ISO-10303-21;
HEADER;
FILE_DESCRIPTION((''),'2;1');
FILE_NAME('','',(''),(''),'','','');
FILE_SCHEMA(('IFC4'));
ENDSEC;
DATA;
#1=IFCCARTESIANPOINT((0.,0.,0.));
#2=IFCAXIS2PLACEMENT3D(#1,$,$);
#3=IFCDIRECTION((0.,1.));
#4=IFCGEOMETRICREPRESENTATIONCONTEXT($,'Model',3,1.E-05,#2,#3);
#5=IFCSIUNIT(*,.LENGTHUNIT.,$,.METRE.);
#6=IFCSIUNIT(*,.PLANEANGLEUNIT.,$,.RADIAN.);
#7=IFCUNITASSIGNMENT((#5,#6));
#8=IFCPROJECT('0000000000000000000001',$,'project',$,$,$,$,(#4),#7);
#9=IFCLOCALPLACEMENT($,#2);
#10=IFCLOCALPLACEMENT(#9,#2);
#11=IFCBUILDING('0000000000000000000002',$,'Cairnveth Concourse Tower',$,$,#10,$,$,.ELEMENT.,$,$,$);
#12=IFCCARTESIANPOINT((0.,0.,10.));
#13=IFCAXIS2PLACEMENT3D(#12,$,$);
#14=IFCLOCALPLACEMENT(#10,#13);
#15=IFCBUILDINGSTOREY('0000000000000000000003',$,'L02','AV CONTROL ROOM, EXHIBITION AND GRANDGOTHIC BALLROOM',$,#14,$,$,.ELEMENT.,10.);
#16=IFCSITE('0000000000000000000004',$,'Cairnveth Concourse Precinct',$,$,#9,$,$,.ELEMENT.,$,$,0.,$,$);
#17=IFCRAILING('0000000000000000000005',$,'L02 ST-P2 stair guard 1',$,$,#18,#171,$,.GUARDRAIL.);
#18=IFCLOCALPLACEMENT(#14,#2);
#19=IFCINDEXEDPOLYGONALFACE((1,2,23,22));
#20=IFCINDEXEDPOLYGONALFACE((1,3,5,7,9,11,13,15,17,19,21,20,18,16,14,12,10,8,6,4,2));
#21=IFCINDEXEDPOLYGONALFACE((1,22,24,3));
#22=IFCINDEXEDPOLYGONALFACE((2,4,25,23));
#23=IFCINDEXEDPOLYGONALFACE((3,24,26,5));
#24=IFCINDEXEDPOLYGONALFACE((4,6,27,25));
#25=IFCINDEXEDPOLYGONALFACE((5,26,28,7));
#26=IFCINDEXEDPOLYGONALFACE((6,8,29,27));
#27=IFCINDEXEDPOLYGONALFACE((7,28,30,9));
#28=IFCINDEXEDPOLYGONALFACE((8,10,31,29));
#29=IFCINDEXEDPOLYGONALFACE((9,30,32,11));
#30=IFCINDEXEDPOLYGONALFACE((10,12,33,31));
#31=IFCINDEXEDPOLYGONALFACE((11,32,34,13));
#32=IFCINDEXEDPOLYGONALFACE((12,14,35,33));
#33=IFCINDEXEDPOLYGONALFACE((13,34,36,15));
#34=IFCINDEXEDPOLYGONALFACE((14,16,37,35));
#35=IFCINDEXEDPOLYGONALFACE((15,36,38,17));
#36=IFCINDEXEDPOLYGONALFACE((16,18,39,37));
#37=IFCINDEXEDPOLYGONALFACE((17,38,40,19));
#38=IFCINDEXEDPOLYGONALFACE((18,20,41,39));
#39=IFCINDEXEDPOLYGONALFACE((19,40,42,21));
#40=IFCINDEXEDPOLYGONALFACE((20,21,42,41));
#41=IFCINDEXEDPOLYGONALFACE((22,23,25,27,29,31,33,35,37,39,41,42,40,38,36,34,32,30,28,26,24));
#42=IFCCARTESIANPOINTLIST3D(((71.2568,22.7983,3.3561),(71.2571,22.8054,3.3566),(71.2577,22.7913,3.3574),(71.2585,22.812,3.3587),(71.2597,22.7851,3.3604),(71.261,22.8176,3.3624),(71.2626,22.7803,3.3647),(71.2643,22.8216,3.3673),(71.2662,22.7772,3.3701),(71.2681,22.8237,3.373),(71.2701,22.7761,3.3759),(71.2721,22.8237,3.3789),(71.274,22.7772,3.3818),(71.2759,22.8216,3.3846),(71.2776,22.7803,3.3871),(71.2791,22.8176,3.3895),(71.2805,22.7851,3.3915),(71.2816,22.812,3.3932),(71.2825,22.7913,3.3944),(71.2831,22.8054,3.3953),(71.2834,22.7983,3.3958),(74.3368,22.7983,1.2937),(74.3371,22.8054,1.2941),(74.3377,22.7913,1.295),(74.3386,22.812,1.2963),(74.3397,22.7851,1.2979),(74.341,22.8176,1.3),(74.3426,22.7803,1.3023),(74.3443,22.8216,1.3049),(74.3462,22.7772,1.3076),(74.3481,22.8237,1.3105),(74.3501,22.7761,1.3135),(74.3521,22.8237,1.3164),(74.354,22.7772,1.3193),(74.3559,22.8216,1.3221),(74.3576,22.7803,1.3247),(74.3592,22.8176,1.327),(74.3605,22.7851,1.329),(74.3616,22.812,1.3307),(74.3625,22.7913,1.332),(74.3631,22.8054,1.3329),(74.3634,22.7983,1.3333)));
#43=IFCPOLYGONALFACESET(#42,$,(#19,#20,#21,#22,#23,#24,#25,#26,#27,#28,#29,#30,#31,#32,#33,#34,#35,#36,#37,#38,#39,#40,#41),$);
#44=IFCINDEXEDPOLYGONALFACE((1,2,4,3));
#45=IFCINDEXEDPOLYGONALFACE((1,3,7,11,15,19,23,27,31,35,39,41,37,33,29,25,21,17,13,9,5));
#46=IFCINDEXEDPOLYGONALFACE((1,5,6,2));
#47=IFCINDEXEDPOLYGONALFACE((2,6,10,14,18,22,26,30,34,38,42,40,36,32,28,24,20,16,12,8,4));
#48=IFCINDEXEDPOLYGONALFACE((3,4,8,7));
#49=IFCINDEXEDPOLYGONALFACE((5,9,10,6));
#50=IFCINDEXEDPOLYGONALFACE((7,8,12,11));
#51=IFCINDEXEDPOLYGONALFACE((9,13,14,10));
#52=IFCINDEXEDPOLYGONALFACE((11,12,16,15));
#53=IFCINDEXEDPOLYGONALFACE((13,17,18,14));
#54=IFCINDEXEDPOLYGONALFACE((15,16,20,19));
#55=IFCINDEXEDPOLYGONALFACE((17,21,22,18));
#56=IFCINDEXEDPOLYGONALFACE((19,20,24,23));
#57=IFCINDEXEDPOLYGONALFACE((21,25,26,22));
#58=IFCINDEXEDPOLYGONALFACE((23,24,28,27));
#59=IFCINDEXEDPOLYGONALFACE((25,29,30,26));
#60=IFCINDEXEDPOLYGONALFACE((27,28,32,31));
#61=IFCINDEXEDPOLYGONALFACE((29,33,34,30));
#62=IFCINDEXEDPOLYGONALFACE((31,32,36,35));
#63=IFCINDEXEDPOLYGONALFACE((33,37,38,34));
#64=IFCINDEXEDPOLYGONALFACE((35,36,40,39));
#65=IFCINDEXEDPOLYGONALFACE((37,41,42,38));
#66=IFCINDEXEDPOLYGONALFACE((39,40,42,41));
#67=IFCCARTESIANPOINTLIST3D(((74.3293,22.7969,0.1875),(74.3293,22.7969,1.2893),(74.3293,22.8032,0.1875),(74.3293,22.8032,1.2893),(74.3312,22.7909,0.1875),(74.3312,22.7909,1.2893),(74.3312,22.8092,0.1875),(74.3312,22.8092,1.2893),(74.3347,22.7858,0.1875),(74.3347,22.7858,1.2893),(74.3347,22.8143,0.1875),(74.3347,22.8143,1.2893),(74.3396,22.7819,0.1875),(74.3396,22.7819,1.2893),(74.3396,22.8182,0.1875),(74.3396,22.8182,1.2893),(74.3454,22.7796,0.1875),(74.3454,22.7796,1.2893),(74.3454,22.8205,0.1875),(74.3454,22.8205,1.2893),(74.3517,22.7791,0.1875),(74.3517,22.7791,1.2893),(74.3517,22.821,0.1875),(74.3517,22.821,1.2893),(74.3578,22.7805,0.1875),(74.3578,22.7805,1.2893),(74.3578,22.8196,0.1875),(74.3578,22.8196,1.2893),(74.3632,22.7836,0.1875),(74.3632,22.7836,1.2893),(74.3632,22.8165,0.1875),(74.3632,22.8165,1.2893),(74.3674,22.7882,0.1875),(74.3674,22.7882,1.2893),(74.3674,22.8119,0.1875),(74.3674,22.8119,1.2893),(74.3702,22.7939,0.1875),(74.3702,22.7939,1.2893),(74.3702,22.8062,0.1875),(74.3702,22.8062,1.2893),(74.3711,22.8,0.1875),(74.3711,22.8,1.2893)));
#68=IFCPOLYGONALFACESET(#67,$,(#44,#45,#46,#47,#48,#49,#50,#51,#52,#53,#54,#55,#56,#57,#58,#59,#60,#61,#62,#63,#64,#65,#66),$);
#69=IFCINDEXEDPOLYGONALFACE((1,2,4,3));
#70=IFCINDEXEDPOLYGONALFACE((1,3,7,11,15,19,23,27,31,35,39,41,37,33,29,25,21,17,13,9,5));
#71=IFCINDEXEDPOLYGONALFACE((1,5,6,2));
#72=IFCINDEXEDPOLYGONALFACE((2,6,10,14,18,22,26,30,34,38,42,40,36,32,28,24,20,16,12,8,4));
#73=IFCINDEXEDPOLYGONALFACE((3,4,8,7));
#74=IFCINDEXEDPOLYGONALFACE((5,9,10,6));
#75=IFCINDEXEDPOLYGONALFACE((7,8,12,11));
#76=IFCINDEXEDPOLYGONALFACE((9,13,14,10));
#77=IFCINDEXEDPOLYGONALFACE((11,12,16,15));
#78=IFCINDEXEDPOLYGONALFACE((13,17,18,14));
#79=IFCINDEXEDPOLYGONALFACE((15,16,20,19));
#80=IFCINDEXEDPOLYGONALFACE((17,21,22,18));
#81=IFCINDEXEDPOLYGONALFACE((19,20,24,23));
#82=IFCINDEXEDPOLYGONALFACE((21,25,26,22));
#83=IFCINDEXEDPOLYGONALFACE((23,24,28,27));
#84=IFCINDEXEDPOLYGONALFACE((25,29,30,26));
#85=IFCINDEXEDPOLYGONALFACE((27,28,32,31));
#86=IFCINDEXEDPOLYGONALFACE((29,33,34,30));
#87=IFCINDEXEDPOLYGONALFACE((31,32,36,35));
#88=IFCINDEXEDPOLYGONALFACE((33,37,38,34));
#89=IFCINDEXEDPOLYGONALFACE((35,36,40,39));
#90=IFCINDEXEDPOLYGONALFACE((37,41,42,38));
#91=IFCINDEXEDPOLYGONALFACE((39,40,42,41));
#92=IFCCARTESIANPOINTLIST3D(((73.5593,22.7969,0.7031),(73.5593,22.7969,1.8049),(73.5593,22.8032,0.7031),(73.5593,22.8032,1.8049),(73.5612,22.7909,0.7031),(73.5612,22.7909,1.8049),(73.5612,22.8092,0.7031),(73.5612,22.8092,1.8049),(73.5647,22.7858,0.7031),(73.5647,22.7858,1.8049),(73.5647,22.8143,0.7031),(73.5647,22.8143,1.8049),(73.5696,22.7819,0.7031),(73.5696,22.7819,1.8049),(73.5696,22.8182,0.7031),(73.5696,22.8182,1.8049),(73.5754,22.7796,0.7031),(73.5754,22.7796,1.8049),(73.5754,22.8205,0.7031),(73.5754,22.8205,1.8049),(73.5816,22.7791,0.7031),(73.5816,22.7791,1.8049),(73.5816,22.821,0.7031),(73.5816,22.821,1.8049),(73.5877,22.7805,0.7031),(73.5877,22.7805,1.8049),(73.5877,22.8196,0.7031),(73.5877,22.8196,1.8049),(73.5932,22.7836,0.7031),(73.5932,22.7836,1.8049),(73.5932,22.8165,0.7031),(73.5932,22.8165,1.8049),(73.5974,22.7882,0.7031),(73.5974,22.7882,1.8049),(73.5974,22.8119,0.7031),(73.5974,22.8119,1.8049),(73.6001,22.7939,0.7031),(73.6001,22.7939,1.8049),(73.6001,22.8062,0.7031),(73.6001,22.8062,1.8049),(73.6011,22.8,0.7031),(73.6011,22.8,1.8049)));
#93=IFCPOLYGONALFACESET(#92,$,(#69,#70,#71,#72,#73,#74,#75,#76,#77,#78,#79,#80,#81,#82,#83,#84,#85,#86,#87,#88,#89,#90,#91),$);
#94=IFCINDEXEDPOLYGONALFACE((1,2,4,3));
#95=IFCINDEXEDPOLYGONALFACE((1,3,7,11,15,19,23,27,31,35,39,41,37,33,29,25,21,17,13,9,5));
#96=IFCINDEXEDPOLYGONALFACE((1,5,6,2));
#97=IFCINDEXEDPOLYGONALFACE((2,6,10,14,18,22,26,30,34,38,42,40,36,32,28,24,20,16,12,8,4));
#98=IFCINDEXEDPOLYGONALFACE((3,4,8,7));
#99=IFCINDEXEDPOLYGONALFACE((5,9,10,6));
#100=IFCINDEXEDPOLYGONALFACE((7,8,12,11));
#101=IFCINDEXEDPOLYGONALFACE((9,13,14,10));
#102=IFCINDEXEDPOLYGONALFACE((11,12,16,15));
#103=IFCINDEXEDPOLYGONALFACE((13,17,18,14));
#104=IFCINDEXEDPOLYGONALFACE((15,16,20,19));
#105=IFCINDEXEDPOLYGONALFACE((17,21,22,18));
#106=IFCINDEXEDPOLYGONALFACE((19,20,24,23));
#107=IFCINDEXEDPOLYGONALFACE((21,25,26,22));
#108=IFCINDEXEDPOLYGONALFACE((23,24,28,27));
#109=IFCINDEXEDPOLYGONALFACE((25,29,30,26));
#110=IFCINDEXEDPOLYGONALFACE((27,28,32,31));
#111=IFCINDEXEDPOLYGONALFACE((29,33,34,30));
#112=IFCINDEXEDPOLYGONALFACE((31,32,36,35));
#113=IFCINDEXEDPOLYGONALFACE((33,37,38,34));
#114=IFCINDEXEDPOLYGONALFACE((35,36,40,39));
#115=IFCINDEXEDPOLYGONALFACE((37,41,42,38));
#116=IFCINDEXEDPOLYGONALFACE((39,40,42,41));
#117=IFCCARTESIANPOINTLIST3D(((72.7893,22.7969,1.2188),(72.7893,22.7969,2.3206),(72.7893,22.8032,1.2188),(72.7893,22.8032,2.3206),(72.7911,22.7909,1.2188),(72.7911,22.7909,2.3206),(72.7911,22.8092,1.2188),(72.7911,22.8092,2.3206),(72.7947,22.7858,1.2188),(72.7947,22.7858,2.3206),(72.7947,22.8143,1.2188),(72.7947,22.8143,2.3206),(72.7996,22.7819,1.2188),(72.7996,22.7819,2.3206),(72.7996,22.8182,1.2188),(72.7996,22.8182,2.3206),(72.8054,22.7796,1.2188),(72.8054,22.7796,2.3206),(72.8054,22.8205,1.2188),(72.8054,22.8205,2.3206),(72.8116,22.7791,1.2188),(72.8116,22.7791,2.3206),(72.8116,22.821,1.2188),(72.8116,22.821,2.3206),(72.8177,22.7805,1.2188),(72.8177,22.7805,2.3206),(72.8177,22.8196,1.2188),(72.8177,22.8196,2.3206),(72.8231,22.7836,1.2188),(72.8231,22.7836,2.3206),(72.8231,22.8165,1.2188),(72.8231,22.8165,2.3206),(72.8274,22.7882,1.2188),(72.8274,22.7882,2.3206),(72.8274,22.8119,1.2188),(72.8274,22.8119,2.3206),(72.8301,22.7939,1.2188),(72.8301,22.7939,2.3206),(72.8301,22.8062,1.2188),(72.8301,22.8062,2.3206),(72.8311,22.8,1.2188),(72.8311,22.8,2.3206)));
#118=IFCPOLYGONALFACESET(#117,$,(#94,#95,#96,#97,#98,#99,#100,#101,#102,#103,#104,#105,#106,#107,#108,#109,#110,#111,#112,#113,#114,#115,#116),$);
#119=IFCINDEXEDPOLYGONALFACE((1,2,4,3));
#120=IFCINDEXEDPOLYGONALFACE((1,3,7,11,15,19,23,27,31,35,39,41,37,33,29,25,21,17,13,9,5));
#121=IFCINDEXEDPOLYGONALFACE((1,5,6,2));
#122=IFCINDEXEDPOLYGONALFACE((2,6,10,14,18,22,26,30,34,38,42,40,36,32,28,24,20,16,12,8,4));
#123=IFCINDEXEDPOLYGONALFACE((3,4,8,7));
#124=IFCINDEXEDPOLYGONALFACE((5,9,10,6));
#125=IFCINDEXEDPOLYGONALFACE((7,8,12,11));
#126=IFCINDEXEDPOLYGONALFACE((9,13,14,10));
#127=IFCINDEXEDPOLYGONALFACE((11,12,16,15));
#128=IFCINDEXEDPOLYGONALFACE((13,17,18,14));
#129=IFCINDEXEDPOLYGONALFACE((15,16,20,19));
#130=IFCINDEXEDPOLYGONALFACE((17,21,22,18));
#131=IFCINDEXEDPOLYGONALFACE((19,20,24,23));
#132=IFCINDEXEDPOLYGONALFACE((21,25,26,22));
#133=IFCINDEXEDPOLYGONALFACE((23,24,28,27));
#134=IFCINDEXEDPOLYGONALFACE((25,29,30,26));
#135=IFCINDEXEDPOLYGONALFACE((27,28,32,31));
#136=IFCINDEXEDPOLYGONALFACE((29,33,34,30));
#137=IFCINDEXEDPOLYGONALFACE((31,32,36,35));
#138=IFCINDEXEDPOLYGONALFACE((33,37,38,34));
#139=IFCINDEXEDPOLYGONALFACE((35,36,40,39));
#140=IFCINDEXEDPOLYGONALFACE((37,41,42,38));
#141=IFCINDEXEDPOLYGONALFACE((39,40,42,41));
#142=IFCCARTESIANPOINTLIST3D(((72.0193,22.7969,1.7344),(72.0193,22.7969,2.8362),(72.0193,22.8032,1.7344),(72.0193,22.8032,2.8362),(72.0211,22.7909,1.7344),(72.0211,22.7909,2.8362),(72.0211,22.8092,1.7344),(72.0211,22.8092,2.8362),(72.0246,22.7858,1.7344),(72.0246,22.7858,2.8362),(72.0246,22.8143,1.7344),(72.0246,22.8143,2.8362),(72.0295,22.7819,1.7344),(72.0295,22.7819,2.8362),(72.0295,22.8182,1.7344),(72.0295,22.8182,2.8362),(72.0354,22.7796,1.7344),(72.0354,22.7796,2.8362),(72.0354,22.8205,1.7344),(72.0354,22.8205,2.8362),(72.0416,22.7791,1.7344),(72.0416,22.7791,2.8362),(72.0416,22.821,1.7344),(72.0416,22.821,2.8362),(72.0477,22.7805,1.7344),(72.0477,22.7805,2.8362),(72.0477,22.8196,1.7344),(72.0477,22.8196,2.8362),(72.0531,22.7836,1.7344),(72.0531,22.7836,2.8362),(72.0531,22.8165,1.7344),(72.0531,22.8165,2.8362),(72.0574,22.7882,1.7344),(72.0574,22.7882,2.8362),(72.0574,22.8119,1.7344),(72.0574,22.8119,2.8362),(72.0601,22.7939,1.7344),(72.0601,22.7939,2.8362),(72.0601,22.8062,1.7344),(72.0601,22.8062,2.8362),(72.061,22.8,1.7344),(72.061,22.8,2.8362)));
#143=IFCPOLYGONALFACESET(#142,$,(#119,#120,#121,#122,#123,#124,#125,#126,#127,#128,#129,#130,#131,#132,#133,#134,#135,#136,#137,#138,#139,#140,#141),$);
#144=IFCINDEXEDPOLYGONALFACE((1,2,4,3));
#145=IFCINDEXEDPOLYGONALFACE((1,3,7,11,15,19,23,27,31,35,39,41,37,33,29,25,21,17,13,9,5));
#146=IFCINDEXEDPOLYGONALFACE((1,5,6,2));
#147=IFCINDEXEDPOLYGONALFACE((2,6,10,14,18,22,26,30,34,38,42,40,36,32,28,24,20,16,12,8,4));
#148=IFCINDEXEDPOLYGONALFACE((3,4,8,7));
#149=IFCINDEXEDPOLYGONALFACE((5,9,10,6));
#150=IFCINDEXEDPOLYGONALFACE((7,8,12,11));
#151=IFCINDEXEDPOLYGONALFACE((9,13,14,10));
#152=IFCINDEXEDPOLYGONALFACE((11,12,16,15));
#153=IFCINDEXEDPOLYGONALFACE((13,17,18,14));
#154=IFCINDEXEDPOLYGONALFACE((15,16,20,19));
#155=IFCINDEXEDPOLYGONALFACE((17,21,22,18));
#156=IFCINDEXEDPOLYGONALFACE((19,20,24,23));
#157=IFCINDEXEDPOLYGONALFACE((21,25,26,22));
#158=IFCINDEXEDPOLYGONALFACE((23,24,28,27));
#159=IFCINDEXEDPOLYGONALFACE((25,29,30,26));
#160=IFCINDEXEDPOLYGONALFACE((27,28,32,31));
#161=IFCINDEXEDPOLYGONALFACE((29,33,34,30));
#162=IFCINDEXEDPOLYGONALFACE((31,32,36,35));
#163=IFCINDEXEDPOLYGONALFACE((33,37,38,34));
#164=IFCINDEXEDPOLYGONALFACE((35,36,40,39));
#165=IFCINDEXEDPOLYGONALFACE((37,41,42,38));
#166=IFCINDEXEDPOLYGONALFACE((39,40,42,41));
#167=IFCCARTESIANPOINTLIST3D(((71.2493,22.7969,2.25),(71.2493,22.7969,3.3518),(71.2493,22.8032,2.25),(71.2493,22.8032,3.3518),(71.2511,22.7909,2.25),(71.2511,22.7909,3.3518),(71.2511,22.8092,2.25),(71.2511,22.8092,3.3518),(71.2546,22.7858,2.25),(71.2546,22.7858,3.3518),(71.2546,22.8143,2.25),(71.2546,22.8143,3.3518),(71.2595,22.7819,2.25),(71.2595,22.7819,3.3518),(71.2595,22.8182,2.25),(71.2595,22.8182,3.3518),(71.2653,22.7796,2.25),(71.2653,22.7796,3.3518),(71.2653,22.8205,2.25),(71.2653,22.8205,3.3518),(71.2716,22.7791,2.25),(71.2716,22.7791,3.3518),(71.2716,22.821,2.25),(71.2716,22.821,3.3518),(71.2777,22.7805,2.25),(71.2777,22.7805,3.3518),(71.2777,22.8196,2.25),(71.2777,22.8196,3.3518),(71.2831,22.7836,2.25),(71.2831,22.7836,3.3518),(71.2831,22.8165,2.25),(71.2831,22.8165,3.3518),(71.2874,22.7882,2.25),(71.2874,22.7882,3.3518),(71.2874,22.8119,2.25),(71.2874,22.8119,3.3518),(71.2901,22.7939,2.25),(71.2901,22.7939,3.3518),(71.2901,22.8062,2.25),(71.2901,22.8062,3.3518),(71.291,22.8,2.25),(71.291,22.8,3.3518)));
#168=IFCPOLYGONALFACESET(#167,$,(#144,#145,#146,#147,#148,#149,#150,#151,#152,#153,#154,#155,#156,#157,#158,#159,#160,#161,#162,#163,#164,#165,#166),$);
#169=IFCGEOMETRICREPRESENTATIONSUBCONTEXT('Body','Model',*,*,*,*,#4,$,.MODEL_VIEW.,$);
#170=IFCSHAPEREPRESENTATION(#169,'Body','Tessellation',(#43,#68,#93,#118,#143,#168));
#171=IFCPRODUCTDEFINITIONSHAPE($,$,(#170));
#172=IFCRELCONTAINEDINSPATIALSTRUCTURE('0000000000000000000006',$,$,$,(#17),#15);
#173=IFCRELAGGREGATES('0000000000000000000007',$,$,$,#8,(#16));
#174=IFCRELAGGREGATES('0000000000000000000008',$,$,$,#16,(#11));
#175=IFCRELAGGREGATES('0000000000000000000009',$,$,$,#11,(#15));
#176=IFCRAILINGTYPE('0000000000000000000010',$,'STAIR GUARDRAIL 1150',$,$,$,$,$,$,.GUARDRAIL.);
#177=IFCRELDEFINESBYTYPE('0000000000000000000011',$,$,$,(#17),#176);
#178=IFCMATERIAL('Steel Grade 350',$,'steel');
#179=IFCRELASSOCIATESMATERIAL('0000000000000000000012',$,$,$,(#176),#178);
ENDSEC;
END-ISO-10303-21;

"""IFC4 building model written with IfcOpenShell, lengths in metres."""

from ifc_helpers import new_model, si_unit, direction, frame, origin, origin_2d, place, context, subcontext, project, spatial, circle, extrude, material, type_object, element, save


model = new_model("IFC4")

# Units and contexts
model_context = context("Model", 3, precision=1e-05, world=origin(), true_north=direction((0.0, 1.0)))
body_context = subcontext(model_context, "Body", "Model", "MODEL_VIEW")
ifc_project = project(units=[si_unit("LENGTHUNIT", "METRE"), si_unit("PLANEANGLEUNIT", "RADIAN")], contexts=[model_context])

# Site, building, storey
site_placement = place(None, origin())
site = spatial("IfcSite", under=ifc_project, at=site_placement, Name="Cairnveth Concourse Precinct", CompositionType="ELEMENT", RefElevation=0.0)
building_placement = place(site_placement, origin())
building = spatial("IfcBuilding", under=site, at=building_placement, Name="Cairnveth Concourse Tower", CompositionType="ELEMENT")
storey_placement = place(building_placement, frame((0.0, 0.0, 10.0)))
storey = spatial("IfcBuildingStorey", under=building, at=storey_placement, Name="L02", Description="AV CONTROL ROOM, EXHIBITION AND GRANDGOTHIC BALLROOM", CompositionType="ELEMENT", Elevation=10.0)

# Shared definitions
ifc_material_1 = material(Name="Steel Grade 350", Category="steel")

# Railing
railing_type_1 = type_object("IfcRailingType", Name="STAIR GUARDRAIL 1150", PredefinedType="GUARDRAIL", material=ifc_material_1)
railing_1_placement = place(storey_placement, frame((74.3501, 22.8, 0.1875)))
element("IfcRailing", 1, at=railing_1_placement, inside=storey, type_object=railing_type_1, Name="L02 ST-P2 stair guard 1", PredefinedType="GUARDRAIL", context=body_context, shape_type="SweptSolid", body=[
    extrude(circle(Radius=0.0239, at=origin_2d()), frame((0.0, 0.0, 1.126), z_axis=(-0.830914, 0.0, 0.556401), x_axis=(0.0, -1.0, 0.0)), (0.0, 0.0, 1.0), 3.7068),
    extrude(circle(Radius=0.021, at=origin_2d()), origin(), (0.0, 0.0, 1.0), 1.1018),
    extrude(circle(Radius=0.021, at=origin_2d()), frame((-0.77, 0.0, 0.5156)), (0.0, 0.0, 1.0), 1.1018),
    extrude(circle(Radius=0.021, at=origin_2d()), frame((-1.54, 0.0, 1.0312)), (0.0, 0.0, 1.0), 1.1018),
    extrude(circle(Radius=0.021, at=origin_2d()), frame((-2.3101, 0.0, 1.5469)), (0.0, 0.0, 1.0), 1.1018),
    extrude(circle(Radius=0.021, at=origin_2d()), frame((-3.0801, 0.0, 2.0625)), (0.0, 0.0, 1.0), 1.1018),
])

save(model, "model.ifc")
